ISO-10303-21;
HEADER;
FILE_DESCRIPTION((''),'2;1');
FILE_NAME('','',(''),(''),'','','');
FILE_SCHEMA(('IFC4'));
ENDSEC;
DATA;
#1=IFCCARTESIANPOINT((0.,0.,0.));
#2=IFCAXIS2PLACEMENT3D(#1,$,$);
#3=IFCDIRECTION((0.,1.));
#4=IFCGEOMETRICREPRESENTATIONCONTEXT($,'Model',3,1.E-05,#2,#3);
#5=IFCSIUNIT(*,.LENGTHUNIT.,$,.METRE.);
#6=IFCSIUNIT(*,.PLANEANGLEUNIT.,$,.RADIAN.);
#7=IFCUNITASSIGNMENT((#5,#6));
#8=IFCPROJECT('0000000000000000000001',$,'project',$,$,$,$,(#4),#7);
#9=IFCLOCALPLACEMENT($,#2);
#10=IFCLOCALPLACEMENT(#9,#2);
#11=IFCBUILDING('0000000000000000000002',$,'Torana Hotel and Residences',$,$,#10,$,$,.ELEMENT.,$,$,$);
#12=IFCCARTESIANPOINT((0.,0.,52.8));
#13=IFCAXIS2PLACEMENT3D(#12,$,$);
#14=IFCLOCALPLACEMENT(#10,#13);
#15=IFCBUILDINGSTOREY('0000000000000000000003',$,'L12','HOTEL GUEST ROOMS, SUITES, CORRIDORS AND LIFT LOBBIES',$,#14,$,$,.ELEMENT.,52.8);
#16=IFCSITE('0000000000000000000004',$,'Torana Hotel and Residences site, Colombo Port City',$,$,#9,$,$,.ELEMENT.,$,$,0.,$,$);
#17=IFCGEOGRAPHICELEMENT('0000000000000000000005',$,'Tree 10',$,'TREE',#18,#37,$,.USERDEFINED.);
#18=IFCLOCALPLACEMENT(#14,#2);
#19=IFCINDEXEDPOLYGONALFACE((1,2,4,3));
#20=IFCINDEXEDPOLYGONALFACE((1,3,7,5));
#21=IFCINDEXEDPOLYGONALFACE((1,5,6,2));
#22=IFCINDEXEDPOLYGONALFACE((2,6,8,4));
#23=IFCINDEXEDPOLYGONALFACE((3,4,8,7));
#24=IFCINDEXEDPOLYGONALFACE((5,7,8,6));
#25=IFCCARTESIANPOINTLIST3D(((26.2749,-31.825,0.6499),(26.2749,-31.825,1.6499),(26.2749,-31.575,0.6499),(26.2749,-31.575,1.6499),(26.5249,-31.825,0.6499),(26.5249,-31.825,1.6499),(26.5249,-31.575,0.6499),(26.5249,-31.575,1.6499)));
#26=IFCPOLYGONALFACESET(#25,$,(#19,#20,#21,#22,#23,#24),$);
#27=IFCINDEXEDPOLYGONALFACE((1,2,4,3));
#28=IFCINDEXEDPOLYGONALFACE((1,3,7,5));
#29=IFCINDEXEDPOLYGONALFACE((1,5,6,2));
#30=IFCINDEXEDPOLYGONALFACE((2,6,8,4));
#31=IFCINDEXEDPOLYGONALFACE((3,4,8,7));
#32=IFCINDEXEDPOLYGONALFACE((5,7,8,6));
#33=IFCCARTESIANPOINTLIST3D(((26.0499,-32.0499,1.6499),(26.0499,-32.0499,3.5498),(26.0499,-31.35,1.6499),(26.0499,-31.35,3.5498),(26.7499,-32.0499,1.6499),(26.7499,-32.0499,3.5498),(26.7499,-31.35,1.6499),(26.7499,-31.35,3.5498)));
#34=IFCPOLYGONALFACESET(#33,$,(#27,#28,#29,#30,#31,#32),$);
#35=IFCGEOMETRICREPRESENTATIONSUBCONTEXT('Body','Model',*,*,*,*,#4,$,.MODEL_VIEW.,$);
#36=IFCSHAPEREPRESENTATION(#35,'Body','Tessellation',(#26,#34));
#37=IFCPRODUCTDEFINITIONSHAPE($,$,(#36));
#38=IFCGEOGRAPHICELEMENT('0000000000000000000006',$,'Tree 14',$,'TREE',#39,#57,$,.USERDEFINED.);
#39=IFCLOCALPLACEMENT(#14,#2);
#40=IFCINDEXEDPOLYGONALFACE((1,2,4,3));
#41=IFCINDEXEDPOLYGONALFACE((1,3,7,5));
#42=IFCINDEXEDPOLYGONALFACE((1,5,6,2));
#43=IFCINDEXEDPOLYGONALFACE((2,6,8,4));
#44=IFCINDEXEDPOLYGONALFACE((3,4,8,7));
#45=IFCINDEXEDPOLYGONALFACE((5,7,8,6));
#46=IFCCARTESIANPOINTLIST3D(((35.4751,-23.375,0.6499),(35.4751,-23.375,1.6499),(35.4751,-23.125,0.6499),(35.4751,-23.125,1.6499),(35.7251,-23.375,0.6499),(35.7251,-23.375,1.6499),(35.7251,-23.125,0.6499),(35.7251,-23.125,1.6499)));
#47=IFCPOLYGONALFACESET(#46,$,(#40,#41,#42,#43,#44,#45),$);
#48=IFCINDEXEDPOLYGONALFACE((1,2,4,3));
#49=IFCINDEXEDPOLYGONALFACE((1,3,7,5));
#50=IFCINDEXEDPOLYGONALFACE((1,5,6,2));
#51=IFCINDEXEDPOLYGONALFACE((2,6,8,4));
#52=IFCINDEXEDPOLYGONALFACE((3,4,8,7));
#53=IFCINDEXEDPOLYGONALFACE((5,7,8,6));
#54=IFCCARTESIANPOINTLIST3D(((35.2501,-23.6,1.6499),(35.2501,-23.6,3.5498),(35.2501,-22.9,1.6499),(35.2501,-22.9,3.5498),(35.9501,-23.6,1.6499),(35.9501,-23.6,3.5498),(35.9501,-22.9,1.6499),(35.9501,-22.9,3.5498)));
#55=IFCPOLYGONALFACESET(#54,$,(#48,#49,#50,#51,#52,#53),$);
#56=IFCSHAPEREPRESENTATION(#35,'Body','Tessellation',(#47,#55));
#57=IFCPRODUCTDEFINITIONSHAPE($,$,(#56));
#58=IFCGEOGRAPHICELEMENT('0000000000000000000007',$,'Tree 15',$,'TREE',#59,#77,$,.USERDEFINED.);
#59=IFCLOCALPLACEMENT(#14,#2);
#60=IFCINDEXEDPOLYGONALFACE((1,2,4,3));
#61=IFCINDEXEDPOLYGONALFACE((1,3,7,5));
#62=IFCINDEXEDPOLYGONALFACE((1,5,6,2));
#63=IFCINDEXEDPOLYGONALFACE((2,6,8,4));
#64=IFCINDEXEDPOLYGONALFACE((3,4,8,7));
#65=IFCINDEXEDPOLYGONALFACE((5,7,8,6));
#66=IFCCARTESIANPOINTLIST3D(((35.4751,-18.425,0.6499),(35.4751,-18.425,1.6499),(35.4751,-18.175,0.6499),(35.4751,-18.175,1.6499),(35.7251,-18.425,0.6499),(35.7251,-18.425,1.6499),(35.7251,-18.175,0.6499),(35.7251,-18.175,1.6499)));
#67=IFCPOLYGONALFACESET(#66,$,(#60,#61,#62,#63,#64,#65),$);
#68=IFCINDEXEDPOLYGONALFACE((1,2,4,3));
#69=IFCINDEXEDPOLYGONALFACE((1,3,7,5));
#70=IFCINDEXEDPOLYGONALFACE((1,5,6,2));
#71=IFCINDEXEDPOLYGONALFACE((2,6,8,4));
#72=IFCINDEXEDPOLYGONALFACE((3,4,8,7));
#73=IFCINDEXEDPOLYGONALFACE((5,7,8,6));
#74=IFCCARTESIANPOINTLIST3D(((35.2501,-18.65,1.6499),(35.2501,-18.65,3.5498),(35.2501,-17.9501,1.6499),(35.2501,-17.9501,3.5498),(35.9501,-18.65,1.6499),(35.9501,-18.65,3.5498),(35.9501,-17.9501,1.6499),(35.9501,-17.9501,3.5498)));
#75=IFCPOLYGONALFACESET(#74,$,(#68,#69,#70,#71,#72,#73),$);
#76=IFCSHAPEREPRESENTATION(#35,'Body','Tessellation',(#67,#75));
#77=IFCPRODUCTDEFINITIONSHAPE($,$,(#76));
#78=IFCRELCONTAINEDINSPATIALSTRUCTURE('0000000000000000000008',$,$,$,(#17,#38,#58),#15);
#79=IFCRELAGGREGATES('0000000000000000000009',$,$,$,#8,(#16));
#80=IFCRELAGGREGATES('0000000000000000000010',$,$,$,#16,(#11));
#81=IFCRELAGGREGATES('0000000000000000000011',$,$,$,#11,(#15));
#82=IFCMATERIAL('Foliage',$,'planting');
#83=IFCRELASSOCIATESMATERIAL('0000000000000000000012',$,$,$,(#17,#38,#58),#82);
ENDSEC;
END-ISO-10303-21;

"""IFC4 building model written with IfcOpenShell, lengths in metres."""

from ifc_helpers import new_model, si_unit, direction, frame, origin, origin_2d, place, context, subcontext, project, spatial, rectangle, extrude, material, element, save


model = new_model("IFC4")

# Units and contexts
model_context = context("Model", 3, precision=1e-05, world=origin(), true_north=direction((0.0, 1.0)))
body_context = subcontext(model_context, "Body", "Model", "MODEL_VIEW")
ifc_project = project(units=[si_unit("LENGTHUNIT", "METRE"), si_unit("PLANEANGLEUNIT", "RADIAN")], contexts=[model_context])

# Site, building, storey
site_placement = place(None, origin())
site = spatial("IfcSite", under=ifc_project, at=site_placement, Name="Torana Hotel and Residences site, Colombo Port City", CompositionType="ELEMENT", RefElevation=0.0)
building_placement = place(site_placement, origin())
building = spatial("IfcBuilding", under=site, at=building_placement, Name="Torana Hotel and Residences", CompositionType="ELEMENT")
storey_placement = place(building_placement, frame((0.0, 0.0, 52.8)))
storey = spatial("IfcBuildingStorey", under=building, at=storey_placement, Name="L12", Description="HOTEL GUEST ROOMS, SUITES, CORRIDORS AND LIFT LOBBIES", CompositionType="ELEMENT", Elevation=52.8)

# Geographic elements
ifc_material_1 = material(Name="Foliage", Category="planting")
for number, where, z_axis, x_axis, name in (
    (1, (26.3999, -31.7, 0.6499), (0.0, 0.0, 1.0), (1.0, 0.0, 0.0), "Tree 10"),
    (2, (35.6001, -23.25, 0.6499), (0.0, 0.0, 1.0), (1.0, 0.0, 0.0), "Tree 14"),
    (3, (35.6001, -18.3, 0.6499), (0.0, 0.0, 1.0), (1.0, 0.0, 0.0), "Tree 15"),
):
    element("IfcGeographicElement", number, at=place(storey_placement, frame(where, z_axis=z_axis, x_axis=x_axis)), inside=storey, material=ifc_material_1, Name=name, ObjectType="TREE", PredefinedType="USERDEFINED", context=body_context, shape_type="SweptSolid", body=[
        extrude(rectangle(XDim=0.25, YDim=0.25, at=origin_2d()), origin(), (0.0, 0.0, 1.0), 1.0),
        extrude(rectangle(XDim=0.7, YDim=0.7, at=origin_2d()), frame((0.0, 0.0, 1.0)), (0.0, 0.0, 1.0), 1.8999),
    ])

save(model, "model.ifc")
